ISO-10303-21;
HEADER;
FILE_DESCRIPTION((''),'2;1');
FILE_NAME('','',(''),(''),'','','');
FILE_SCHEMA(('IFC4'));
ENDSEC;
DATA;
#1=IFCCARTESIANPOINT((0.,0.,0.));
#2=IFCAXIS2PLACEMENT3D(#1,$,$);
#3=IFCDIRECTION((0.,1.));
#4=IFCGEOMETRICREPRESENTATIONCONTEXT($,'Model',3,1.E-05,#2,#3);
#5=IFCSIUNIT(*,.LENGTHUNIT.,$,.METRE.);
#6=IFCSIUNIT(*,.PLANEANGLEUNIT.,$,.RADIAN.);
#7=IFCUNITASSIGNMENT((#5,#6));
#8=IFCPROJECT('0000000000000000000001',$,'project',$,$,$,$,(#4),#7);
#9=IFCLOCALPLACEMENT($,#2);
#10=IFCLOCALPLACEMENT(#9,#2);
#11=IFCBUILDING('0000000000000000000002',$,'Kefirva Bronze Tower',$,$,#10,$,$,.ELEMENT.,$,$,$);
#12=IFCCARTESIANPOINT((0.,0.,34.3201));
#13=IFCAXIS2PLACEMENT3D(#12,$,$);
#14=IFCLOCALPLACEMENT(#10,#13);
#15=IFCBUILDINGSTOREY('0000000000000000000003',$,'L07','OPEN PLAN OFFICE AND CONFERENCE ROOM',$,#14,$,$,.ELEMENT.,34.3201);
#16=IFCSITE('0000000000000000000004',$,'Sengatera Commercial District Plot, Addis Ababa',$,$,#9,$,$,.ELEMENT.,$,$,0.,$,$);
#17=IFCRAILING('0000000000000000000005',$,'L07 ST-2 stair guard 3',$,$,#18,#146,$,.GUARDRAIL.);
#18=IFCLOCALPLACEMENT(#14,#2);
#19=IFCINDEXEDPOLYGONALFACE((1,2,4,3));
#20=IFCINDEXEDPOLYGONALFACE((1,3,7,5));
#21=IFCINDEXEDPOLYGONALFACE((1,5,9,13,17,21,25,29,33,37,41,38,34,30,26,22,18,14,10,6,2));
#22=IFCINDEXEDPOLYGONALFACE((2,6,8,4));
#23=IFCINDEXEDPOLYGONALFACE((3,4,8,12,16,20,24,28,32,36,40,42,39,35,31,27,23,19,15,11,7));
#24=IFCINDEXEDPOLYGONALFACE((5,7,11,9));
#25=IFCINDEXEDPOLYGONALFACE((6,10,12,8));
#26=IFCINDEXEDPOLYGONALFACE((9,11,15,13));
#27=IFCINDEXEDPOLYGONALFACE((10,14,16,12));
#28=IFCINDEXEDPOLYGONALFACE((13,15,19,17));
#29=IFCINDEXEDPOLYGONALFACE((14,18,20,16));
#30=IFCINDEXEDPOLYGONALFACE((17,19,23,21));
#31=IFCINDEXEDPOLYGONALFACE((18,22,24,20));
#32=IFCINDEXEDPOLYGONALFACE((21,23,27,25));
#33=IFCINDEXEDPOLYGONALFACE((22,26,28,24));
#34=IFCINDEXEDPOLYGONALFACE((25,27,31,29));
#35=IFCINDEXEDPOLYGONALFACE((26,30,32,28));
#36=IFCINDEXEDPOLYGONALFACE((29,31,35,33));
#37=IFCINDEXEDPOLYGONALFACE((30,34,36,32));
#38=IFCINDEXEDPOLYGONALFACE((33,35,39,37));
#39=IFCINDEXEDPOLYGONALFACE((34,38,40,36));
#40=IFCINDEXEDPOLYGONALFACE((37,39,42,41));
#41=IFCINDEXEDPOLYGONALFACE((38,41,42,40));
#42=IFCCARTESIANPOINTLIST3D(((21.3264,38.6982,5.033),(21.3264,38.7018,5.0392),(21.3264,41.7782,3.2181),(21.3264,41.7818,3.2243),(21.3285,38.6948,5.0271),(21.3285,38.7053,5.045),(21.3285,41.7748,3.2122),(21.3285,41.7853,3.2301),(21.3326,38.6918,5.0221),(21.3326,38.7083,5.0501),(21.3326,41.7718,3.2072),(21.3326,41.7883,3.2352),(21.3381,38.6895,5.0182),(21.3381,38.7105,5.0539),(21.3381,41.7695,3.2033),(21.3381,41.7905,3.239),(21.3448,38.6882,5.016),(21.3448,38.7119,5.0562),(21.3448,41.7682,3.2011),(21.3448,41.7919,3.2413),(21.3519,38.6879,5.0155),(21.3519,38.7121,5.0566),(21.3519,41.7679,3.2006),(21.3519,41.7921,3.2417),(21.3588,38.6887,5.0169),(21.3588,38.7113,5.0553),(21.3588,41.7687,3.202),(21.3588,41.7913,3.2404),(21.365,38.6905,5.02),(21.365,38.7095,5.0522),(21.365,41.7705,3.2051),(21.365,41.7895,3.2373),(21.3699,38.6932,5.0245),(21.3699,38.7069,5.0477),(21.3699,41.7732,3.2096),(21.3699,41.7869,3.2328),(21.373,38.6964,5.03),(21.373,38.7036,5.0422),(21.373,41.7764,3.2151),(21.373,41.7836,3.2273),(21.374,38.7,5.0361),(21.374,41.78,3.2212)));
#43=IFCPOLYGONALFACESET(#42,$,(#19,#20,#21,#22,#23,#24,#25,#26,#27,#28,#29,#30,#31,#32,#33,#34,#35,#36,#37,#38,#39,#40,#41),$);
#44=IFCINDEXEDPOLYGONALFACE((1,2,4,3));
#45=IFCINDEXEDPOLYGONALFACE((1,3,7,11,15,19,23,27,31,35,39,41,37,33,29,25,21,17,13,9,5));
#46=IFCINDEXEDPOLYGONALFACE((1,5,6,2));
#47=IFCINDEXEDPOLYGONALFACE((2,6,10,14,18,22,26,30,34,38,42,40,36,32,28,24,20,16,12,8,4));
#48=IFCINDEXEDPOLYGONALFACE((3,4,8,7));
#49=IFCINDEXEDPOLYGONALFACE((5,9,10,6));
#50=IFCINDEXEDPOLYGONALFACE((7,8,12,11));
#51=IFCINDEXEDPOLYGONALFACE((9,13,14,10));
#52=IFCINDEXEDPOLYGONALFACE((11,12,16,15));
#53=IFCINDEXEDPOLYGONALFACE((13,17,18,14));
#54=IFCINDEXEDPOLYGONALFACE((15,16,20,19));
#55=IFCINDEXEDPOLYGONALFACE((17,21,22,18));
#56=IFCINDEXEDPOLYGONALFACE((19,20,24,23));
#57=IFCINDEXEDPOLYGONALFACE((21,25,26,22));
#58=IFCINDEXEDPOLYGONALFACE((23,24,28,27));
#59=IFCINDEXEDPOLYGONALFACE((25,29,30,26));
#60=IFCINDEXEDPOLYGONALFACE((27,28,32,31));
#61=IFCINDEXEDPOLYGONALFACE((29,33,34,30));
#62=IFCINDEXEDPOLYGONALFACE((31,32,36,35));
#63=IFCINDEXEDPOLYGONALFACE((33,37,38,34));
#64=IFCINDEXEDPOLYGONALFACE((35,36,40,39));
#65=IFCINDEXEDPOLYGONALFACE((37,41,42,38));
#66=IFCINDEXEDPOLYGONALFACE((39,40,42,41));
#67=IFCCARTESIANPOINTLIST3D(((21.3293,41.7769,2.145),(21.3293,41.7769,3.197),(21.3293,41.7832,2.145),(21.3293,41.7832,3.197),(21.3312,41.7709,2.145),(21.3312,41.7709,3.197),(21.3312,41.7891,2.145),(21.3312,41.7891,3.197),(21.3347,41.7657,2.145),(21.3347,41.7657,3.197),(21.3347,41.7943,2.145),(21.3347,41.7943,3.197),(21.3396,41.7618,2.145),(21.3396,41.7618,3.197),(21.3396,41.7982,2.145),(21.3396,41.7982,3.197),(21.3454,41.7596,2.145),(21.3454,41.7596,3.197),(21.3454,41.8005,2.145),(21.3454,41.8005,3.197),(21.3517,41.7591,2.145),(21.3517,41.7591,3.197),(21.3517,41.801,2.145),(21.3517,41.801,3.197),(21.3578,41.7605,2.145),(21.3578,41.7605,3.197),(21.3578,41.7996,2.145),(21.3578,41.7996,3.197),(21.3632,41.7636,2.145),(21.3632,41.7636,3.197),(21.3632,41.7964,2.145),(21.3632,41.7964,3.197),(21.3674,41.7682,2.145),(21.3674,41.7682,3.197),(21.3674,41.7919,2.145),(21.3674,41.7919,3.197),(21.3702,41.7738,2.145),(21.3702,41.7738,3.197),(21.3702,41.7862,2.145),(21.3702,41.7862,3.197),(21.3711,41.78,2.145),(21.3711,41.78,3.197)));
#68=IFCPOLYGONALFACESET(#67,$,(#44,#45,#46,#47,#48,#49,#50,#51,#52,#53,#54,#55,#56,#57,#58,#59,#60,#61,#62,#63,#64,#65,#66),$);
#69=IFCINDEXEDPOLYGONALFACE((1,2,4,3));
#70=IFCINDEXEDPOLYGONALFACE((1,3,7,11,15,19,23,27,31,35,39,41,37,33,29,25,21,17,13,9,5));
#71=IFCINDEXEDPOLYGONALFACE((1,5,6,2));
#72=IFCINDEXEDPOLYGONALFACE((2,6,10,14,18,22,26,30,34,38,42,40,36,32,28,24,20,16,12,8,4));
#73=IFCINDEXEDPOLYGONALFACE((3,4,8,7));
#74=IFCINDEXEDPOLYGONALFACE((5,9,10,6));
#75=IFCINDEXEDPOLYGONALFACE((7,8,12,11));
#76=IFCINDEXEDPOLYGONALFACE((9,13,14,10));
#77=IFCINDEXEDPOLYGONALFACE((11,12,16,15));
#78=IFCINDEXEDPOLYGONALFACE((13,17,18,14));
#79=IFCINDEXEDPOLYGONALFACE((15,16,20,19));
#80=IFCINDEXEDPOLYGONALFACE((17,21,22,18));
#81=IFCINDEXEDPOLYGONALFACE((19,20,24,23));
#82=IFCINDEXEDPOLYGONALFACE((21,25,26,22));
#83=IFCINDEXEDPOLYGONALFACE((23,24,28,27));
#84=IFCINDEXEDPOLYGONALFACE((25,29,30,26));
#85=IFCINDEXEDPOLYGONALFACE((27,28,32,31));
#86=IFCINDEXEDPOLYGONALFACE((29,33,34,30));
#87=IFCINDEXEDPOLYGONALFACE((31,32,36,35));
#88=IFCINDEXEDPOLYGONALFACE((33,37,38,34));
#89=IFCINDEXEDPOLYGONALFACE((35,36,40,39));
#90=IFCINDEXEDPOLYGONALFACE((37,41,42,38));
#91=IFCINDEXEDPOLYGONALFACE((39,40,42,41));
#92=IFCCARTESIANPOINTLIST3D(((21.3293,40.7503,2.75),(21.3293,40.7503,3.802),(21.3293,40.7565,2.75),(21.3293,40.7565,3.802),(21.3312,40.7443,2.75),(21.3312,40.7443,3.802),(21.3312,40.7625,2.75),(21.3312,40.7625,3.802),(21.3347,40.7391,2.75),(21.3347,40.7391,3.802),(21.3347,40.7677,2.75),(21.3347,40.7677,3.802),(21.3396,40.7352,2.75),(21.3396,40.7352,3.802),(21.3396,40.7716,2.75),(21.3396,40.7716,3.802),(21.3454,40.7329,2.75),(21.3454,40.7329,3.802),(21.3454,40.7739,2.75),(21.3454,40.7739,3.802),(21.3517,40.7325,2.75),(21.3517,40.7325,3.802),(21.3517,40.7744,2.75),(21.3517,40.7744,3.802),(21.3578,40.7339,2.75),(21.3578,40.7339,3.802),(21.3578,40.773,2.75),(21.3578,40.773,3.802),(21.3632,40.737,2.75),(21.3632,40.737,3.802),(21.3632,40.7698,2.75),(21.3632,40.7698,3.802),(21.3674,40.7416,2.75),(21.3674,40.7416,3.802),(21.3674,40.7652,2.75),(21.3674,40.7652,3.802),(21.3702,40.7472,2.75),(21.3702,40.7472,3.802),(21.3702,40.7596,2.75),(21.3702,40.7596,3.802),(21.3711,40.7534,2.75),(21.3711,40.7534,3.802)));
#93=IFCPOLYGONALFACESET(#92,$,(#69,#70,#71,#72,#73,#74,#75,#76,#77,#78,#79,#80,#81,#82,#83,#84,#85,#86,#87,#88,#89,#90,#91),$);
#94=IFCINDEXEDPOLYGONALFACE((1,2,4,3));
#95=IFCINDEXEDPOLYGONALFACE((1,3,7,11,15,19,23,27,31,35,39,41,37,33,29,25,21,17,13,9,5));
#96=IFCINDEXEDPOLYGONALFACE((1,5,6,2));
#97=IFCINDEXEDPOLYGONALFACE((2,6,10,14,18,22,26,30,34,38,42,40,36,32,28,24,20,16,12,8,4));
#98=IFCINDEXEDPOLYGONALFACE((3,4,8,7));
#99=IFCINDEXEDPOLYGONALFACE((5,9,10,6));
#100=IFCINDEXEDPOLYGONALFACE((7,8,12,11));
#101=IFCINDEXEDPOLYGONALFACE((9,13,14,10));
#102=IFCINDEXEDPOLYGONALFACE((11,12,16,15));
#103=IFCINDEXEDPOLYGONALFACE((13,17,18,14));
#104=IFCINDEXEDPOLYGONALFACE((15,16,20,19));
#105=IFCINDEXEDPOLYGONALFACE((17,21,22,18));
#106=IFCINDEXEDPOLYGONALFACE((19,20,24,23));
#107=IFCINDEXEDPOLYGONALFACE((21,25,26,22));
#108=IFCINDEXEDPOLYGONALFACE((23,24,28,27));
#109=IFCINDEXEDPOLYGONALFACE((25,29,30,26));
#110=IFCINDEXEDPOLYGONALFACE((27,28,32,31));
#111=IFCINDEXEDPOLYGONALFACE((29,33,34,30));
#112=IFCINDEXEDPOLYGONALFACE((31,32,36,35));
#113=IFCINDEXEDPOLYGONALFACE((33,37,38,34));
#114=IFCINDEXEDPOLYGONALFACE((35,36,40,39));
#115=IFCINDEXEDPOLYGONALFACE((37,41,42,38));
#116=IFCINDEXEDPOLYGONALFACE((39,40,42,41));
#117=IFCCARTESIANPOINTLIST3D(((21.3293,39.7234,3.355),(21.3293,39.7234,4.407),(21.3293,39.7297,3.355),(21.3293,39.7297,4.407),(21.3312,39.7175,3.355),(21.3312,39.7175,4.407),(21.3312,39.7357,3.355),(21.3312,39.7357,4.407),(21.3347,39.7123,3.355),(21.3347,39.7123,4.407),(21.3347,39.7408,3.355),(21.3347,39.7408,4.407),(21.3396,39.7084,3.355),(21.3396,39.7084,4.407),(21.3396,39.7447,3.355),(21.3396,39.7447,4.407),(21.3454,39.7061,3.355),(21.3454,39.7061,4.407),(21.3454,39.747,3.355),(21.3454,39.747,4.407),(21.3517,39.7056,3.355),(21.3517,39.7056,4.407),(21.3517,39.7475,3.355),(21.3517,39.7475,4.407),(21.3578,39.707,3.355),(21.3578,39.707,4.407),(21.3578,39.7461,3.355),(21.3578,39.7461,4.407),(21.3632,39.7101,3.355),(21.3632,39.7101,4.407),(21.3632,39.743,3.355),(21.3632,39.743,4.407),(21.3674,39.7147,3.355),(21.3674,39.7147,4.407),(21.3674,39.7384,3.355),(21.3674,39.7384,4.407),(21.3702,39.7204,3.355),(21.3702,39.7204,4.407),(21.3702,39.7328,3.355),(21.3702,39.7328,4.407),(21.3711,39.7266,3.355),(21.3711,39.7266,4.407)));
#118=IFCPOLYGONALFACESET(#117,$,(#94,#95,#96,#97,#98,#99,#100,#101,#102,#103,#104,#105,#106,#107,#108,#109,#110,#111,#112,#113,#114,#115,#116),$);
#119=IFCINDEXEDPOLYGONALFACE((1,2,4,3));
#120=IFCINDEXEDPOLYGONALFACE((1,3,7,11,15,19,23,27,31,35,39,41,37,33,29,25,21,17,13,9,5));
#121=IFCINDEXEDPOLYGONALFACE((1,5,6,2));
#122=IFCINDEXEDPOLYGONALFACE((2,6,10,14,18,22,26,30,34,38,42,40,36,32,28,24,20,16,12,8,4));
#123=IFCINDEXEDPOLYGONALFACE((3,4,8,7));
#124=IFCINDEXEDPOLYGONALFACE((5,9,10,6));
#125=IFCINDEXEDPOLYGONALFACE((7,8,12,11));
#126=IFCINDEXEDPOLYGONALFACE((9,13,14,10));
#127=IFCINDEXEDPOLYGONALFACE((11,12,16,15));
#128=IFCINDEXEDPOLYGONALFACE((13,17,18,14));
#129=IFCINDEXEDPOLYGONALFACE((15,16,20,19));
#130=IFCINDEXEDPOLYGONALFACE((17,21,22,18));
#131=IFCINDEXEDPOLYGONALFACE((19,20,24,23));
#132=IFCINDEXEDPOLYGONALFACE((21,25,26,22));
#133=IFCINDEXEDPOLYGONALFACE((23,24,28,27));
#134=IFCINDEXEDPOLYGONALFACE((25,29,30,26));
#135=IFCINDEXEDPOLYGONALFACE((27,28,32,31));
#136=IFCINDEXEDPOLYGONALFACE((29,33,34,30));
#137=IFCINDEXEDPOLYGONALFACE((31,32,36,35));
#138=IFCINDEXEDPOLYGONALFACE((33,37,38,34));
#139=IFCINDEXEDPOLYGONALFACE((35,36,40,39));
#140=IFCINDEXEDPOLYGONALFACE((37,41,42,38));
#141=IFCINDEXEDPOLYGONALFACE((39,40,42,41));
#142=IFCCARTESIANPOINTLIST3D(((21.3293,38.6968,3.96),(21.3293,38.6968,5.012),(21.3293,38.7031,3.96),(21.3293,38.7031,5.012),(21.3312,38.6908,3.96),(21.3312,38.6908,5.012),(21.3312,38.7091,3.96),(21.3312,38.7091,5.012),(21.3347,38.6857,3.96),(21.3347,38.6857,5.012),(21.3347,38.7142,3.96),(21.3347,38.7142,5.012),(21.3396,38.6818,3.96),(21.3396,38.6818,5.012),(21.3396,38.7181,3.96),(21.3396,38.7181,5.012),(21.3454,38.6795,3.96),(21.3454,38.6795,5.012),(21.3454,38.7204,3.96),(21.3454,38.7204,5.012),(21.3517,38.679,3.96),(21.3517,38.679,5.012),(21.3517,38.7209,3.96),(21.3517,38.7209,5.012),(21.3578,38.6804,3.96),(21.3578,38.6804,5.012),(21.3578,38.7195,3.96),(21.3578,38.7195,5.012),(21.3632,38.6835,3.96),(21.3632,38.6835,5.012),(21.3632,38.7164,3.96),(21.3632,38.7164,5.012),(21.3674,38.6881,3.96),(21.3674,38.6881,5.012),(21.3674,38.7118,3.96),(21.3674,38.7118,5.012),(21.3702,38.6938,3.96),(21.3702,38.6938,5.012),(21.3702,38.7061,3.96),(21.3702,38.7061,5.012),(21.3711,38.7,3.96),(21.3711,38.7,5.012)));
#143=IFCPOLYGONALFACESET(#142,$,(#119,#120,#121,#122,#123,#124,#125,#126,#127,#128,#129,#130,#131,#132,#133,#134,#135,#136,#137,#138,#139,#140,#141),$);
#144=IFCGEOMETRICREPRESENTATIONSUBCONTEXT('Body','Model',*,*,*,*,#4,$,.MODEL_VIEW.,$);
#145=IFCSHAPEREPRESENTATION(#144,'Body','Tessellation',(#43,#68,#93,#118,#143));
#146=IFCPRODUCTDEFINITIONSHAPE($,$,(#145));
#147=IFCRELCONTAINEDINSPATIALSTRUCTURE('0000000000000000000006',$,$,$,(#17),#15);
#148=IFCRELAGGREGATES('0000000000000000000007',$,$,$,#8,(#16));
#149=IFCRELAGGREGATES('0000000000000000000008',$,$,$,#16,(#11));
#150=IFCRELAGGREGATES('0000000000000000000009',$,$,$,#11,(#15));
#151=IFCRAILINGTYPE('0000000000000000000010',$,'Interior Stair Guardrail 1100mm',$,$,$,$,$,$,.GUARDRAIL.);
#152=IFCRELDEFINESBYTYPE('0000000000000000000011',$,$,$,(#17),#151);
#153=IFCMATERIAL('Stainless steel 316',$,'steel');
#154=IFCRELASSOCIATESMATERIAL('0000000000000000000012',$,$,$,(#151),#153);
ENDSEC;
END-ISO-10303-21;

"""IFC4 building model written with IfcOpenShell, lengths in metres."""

from ifc_helpers import new_model, si_unit, direction, frame, origin, origin_2d, place, context, subcontext, project, spatial, circle, extrude, material, type_object, element, save


model = new_model("IFC4")

# Units and contexts
model_context = context("Model", 3, precision=1e-05, world=origin(), true_north=direction((0.0, 1.0)))
body_context = subcontext(model_context, "Body", "Model", "MODEL_VIEW")
ifc_project = project(units=[si_unit("LENGTHUNIT", "METRE"), si_unit("PLANEANGLEUNIT", "RADIAN")], contexts=[model_context])

# Site, building, storey
site_placement = place(None, origin())
site = spatial("IfcSite", under=ifc_project, at=site_placement, Name="Sengatera Commercial District Plot, Addis Ababa", CompositionType="ELEMENT", RefElevation=0.0)
building_placement = place(site_placement, origin())
building = spatial("IfcBuilding", under=site, at=building_placement, Name="Kefirva Bronze Tower", CompositionType="ELEMENT")
storey_placement = place(building_placement, frame((0.0, 0.0, 34.3201)))
storey = spatial("IfcBuildingStorey", under=building, at=storey_placement, Name="L07", Description="OPEN PLAN OFFICE AND CONFERENCE ROOM", CompositionType="ELEMENT", Elevation=34.3201)

# Railing
ifc_material_1 = material(Name="Stainless steel 316", Category="steel")
railing_type_1 = type_object("IfcRailingType", Name="Interior Stair Guardrail 1100mm", PredefinedType="GUARDRAIL", material=ifc_material_1)
railing_1_placement = place(storey_placement, frame((21.3501, 41.78, 2.145)))
element("IfcRailing", 1, at=railing_1_placement, inside=storey, type_object=railing_type_1, Name="L07 ST-2 stair guard 3", PredefinedType="GUARDRAIL", context=body_context, shape_type="SweptSolid", body=[
    extrude(circle(Radius=0.0239, at=origin_2d()), frame((0.0, 0.0, 1.0762), z_axis=(0.0, -0.861551, 0.507671), x_axis=(1.0, 0.0, 0.0)), (0.0, 0.0, 1.0), 3.575),
    extrude(circle(Radius=0.021, at=origin_2d()), origin(), (0.0, 0.0, 1.0), 1.052),
    extrude(circle(Radius=0.021, at=origin_2d()), frame((0.0, -1.0266, 0.605)), (0.0, 0.0, 1.0), 1.052),
    extrude(circle(Radius=0.021, at=origin_2d()), frame((0.0, -2.0535, 1.21)), (0.0, 0.0, 1.0), 1.052),
    extrude(circle(Radius=0.021, at=origin_2d()), frame((0.0, -3.0801, 1.8149)), (0.0, 0.0, 1.0), 1.052),
])

save(model, "model.ifc")
